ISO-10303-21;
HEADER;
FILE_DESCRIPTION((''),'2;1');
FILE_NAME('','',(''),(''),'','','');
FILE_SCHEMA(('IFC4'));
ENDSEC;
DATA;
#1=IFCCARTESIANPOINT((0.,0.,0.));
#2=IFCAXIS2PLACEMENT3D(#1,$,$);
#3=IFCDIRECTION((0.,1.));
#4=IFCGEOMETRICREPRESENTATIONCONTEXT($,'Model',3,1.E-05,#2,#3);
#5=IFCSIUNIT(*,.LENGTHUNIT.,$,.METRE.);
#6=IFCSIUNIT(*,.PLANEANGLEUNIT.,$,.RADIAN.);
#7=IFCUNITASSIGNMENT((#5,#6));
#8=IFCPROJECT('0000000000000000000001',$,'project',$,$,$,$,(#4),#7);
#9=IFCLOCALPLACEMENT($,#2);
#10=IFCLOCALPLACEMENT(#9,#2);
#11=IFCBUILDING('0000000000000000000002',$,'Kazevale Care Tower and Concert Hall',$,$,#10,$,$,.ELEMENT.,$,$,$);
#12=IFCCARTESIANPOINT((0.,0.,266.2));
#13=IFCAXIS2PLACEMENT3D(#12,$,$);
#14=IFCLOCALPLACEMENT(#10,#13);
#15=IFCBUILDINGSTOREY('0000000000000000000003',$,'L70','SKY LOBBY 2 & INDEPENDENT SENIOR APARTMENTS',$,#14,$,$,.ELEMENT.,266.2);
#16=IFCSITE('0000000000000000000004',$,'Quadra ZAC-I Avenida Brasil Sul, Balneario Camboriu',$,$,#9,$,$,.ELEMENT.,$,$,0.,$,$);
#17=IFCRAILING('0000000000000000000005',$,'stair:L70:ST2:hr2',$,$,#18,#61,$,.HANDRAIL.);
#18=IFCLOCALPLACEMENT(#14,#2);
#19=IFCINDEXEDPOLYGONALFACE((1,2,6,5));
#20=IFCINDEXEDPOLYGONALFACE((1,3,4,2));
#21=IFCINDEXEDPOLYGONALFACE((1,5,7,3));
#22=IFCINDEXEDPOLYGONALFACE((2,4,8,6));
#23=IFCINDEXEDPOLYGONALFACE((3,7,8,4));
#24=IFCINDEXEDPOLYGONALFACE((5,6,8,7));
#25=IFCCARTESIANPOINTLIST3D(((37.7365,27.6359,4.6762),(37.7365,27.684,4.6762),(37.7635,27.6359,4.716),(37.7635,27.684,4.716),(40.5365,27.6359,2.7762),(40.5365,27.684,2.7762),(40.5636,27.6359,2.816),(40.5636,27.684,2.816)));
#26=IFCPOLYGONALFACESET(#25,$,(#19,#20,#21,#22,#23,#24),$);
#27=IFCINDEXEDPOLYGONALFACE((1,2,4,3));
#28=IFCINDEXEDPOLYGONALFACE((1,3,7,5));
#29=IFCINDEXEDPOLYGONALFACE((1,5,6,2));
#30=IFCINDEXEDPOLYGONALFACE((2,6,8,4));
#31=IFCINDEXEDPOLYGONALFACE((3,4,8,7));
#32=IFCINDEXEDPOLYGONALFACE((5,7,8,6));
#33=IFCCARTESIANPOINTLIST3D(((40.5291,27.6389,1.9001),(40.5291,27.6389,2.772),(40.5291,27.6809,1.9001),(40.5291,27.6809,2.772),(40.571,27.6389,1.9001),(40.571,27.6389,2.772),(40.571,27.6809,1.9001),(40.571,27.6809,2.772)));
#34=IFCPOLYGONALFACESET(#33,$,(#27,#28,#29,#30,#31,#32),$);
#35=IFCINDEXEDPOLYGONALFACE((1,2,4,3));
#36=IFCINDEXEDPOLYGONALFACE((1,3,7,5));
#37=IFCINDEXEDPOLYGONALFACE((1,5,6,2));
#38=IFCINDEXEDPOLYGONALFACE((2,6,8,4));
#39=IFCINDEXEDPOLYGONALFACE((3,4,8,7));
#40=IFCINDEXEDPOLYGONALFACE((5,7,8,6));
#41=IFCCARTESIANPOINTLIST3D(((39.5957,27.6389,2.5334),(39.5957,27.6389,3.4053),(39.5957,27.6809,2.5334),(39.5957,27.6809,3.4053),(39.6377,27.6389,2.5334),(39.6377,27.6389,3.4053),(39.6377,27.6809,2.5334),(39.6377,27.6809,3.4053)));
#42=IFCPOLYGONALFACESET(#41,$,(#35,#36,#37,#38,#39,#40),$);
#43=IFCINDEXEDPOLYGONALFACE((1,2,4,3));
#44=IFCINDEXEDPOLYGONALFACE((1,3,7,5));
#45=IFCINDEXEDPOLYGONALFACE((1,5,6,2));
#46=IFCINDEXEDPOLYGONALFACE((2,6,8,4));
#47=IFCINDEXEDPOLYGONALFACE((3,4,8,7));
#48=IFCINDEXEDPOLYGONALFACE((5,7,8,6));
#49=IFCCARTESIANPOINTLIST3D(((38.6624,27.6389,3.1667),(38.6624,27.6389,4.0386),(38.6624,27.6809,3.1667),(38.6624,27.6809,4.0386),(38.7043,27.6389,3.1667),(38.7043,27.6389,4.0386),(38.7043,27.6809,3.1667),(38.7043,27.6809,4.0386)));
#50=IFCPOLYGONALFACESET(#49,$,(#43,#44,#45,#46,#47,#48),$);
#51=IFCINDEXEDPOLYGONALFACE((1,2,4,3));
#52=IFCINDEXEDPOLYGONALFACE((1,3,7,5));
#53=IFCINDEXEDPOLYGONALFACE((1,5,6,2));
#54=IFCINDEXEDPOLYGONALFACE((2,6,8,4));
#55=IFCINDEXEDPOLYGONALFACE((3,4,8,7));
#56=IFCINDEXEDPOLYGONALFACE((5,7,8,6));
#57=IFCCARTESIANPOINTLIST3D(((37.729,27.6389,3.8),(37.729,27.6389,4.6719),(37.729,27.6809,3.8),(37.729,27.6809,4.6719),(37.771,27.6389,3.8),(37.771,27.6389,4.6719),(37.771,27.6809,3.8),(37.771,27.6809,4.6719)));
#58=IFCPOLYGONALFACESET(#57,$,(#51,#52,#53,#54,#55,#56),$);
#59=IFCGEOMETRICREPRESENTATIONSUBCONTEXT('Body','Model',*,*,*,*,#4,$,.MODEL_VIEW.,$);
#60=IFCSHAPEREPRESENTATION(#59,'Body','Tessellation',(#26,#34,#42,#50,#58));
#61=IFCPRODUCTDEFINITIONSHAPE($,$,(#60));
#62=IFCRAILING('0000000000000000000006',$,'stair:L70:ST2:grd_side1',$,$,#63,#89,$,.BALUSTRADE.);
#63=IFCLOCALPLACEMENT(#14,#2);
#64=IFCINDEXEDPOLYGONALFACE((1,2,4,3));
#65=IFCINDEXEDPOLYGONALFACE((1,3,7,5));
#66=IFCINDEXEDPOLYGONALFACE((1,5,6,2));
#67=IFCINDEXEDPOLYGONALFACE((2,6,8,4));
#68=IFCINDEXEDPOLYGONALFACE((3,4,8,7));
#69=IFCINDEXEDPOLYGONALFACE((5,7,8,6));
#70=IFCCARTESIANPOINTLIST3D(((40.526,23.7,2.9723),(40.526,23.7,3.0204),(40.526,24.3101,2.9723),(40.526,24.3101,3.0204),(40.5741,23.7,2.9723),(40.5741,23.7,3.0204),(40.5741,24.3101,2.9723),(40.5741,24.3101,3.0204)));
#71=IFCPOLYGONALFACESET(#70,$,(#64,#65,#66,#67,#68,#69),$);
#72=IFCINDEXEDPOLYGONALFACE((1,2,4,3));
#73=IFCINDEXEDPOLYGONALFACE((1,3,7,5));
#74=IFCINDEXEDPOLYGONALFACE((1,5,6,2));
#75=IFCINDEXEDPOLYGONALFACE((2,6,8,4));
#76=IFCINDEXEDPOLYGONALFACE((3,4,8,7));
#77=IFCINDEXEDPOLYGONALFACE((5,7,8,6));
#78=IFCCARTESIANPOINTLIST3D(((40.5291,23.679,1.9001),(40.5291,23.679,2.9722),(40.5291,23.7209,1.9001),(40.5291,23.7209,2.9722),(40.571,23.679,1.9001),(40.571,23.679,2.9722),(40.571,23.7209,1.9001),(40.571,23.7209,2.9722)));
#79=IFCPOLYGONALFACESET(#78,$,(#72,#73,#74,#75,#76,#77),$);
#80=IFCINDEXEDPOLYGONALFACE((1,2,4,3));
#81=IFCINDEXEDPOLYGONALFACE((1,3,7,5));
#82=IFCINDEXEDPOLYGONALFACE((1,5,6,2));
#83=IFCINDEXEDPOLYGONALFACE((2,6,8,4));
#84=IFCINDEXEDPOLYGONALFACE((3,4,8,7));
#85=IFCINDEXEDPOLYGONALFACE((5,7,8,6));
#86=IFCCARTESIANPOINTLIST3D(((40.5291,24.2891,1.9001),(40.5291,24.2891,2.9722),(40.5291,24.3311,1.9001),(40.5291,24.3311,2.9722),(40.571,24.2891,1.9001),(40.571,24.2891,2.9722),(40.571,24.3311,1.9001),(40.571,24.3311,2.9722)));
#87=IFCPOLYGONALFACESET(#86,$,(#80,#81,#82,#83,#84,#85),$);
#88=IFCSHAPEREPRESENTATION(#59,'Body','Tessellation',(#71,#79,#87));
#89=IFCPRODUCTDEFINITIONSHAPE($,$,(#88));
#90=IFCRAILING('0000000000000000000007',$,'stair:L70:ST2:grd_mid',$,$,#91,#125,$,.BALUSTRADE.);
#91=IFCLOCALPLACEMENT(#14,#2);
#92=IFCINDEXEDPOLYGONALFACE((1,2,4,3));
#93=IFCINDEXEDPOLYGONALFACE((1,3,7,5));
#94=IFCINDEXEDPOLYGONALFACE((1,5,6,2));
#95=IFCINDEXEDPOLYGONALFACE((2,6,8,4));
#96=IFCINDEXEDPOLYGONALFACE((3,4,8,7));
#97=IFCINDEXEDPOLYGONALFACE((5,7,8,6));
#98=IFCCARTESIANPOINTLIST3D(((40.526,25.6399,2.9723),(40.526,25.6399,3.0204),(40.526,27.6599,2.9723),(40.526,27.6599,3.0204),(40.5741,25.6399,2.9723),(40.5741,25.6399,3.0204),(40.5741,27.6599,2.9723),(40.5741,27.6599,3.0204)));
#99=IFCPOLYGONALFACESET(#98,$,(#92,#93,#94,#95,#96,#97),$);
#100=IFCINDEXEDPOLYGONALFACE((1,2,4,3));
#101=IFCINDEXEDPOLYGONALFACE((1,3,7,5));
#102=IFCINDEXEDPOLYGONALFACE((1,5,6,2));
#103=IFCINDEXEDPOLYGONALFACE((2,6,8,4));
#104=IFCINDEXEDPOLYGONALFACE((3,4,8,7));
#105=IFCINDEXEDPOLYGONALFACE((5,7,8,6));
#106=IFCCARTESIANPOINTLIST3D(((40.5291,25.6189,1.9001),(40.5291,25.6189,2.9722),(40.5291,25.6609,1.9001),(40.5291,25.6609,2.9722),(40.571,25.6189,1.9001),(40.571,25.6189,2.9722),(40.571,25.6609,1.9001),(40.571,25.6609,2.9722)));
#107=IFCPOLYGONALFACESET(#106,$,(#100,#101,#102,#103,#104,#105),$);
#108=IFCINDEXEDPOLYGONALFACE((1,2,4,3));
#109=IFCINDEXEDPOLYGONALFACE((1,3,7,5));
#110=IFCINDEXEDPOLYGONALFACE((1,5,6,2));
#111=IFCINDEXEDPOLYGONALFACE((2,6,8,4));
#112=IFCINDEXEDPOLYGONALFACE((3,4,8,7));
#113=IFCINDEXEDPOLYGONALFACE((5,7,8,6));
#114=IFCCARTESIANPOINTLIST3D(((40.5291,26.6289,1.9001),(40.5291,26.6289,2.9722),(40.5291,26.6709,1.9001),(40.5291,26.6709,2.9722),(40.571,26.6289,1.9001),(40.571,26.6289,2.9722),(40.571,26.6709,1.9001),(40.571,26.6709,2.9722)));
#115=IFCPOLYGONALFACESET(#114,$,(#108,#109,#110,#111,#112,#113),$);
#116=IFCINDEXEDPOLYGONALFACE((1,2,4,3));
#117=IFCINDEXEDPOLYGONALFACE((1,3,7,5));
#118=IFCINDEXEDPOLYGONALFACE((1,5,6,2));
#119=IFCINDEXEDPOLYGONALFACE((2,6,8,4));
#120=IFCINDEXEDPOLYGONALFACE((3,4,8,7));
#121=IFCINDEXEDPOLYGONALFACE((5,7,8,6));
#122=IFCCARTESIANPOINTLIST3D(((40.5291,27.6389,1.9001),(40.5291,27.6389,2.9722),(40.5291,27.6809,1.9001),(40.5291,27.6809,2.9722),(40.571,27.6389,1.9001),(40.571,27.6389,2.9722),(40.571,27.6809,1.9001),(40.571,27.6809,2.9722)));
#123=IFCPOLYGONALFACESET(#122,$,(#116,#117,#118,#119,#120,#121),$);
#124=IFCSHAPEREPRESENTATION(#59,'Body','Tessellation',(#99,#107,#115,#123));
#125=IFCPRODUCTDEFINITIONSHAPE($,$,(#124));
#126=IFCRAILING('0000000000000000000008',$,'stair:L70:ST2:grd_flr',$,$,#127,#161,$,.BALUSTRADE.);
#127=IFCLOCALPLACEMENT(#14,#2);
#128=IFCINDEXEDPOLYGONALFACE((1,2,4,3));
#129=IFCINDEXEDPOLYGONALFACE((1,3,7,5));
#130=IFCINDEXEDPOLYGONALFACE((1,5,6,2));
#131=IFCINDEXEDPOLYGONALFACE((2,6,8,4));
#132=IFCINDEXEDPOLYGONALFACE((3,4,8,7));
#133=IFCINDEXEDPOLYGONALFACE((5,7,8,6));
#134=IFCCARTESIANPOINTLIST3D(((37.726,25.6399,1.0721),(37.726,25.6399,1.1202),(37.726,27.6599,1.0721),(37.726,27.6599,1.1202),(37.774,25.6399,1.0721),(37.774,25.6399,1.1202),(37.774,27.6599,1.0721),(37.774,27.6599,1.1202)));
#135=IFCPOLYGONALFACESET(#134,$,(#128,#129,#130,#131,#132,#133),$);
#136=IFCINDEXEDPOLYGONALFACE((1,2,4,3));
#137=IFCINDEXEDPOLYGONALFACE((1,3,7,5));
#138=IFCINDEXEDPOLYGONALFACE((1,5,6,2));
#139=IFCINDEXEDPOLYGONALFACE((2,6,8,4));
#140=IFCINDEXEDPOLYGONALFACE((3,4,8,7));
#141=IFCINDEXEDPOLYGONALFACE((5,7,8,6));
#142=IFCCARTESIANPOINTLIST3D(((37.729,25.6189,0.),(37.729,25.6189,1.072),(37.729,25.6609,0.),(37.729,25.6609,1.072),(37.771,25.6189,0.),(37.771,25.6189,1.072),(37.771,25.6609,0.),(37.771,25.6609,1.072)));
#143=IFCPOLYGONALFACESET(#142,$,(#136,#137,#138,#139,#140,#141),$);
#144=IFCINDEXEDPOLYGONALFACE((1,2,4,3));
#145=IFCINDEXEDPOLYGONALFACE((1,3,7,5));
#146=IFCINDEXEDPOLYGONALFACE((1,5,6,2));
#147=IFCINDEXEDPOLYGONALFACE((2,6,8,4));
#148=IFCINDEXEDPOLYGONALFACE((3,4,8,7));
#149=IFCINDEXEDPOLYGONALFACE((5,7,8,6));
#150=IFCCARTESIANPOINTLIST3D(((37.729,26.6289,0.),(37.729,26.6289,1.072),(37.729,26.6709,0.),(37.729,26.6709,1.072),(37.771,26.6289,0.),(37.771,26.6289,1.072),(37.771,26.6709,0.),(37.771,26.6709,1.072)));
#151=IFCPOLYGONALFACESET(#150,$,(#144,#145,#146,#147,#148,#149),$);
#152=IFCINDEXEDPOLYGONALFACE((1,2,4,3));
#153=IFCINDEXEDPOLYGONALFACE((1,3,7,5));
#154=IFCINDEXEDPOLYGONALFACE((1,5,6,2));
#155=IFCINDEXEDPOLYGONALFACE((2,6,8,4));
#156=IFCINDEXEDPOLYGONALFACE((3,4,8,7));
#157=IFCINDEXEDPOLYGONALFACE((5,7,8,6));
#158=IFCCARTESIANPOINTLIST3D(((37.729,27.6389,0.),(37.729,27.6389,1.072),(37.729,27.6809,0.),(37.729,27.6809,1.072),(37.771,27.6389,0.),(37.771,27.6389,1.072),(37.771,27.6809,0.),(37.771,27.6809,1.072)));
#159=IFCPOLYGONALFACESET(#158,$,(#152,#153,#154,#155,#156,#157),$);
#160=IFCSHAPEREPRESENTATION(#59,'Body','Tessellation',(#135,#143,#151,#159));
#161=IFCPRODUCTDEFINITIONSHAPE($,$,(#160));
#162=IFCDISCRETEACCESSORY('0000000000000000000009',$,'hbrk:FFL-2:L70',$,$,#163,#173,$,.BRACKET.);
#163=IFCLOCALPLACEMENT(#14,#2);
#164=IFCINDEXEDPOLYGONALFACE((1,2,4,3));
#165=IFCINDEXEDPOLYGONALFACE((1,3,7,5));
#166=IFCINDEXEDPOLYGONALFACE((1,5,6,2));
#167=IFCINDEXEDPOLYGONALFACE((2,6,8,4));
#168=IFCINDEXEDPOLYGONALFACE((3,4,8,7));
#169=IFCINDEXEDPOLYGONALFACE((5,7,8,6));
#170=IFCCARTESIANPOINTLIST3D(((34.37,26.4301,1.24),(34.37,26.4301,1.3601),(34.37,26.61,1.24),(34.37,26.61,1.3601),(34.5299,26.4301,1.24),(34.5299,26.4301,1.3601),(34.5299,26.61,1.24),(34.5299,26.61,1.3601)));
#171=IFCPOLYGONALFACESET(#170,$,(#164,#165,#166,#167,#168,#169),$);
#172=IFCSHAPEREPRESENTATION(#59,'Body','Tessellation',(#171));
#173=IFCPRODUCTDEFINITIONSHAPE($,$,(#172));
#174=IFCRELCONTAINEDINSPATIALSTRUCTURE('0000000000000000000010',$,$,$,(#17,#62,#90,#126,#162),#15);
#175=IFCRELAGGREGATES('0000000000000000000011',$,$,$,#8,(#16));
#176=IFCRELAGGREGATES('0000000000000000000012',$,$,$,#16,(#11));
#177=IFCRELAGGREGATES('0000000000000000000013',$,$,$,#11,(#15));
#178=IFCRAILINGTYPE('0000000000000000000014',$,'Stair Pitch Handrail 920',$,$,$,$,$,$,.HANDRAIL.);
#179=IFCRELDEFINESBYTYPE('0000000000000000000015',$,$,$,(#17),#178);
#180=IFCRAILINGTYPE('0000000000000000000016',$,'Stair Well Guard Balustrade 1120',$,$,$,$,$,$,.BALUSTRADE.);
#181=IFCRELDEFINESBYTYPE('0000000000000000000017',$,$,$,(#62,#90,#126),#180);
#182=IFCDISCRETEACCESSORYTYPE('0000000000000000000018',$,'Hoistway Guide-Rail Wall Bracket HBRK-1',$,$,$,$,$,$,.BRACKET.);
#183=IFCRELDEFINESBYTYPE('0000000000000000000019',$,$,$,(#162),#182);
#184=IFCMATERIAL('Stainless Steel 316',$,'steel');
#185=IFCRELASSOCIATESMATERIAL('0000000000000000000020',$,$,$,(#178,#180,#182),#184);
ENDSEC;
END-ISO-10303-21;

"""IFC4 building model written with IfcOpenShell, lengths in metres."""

from ifc_helpers import new_model, si_unit, direction, frame, origin, origin_2d, place, context, subcontext, project, spatial, rectangle, extrude, material, type_object, element, save


model = new_model("IFC4")

# Units and contexts
model_context = context("Model", 3, precision=1e-05, world=origin(), true_north=direction((0.0, 1.0)))
body_context = subcontext(model_context, "Body", "Model", "MODEL_VIEW")
ifc_project = project(units=[si_unit("LENGTHUNIT", "METRE"), si_unit("PLANEANGLEUNIT", "RADIAN")], contexts=[model_context])

# Site, building, storey
site_placement = place(None, origin())
site = spatial("IfcSite", under=ifc_project, at=site_placement, Name="Quadra ZAC-I Avenida Brasil Sul, Balneario Camboriu", CompositionType="ELEMENT", RefElevation=0.0)
building_placement = place(site_placement, origin())
building = spatial("IfcBuilding", under=site, at=building_placement, Name="Kazevale Care Tower and Concert Hall", CompositionType="ELEMENT")
storey_placement = place(building_placement, frame((0.0, 0.0, 266.2)))
storey = spatial("IfcBuildingStorey", under=building, at=storey_placement, Name="L70", Description="SKY LOBBY 2 & INDEPENDENT SENIOR APARTMENTS", CompositionType="ELEMENT", Elevation=266.2)

# Railings
ifc_material_1 = material(Name="Stainless Steel 316", Category="steel")
railing_type_1 = type_object("IfcRailingType", Name="Stair Pitch Handrail 920", PredefinedType="HANDRAIL", material=ifc_material_1)
railing_1_placement = place(storey_placement, frame((40.55, 27.6599, 1.9001)))
element("IfcRailing", 1, at=railing_1_placement, inside=storey, type_object=railing_type_1, Name="stair:L70:ST2:hr2", PredefinedType="HANDRAIL", context=body_context, shape_type="SweptSolid", body=[
    extrude(rectangle(XDim=0.0481, YDim=0.0481, at=origin_2d()), frame((0.0, 0.0, 0.896), z_axis=(-0.827494, 0.0, 0.561475), x_axis=(0.0, -1.0, 0.0)), (0.0, 0.0, 1.0), 3.3838),
    extrude(rectangle(XDim=0.042, YDim=0.042, at=origin_2d()), origin(), (0.0, 0.0, 1.0), 0.8718),
    extrude(rectangle(XDim=0.042, YDim=0.042, at=origin_2d()), frame((-0.9333, 0.0, 0.6333)), (0.0, 0.0, 1.0), 0.8718),
    extrude(rectangle(XDim=0.042, YDim=0.042, at=origin_2d()), frame((-1.8667, 0.0, 1.2666)), (0.0, 0.0, 1.0), 0.8718),
    extrude(rectangle(XDim=0.042, YDim=0.042, at=origin_2d()), frame((-2.8, 0.0, 1.8999)), (0.0, 0.0, 1.0), 0.8718),
])
railing_type_2 = type_object("IfcRailingType", Name="Stair Well Guard Balustrade 1120", PredefinedType="BALUSTRADE", material=ifc_material_1)
railing_2_placement = place(storey_placement, frame((40.55, 23.7, 1.9001)))
element("IfcRailing", 2, at=railing_2_placement, inside=storey, type_object=railing_type_2, Name="stair:L70:ST2:grd_side1", PredefinedType="BALUSTRADE", context=body_context, shape_type="SweptSolid", body=[
    extrude(rectangle(XDim=0.0481, YDim=0.0481, at=origin_2d()), frame((0.0, 0.0, 1.0962), z_axis=(0.0, 1.0, 0.0), x_axis=(-1.0, 0.0, 0.0)), (0.0, 0.0, 1.0), 0.6101),
    extrude(rectangle(XDim=0.042, YDim=0.042, at=origin_2d()), origin(), (0.0, 0.0, 1.0), 1.072),
    extrude(rectangle(XDim=0.042, YDim=0.042, at=origin_2d()), frame((0.0, 0.6101, 0.0)), (0.0, 0.0, 1.0), 1.072),
])
for number, where, name in (
    (3, (40.55, 25.6399, 1.9001), "stair:L70:ST2:grd_mid"),
    (4, (37.75, 25.6399, 0.0), "stair:L70:ST2:grd_flr"),
):
    element("IfcRailing", number, at=place(storey_placement, frame(where)), inside=storey, type_object=railing_type_2, Name=name, PredefinedType="BALUSTRADE", context=body_context, shape_type="SweptSolid", body=[
        extrude(rectangle(XDim=0.0481, YDim=0.0481, at=origin_2d()), frame((0.0, 0.0, 1.0962), z_axis=(0.0, 1.0, 0.0), x_axis=(-1.0, 0.0, 0.0)), (0.0, 0.0, 1.0), 2.02),
        extrude(rectangle(XDim=0.042, YDim=0.042, at=origin_2d()), origin(), (0.0, 0.0, 1.0), 1.072),
        extrude(rectangle(XDim=0.042, YDim=0.042, at=origin_2d()), frame((0.0, 1.01, 0.0)), (0.0, 0.0, 1.0), 1.072),
        extrude(rectangle(XDim=0.042, YDim=0.042, at=origin_2d()), frame((0.0, 2.02, 0.0)), (0.0, 0.0, 1.0), 1.072),
    ])

# Discrete accessory
discrete_accessory_type = type_object("IfcDiscreteAccessoryType", Name="Hoistway Guide-Rail Wall Bracket HBRK-1", PredefinedType="BRACKET", material=ifc_material_1)
discrete_accessory_placement = place(storey_placement, frame((34.45, 26.52, 1.24), z_axis=(0.0, 0.0, 1.0), x_axis=(1.0, 0.0, 0.0)))
element("IfcDiscreteAccessory", 5, at=discrete_accessory_placement, inside=storey, type_object=discrete_accessory_type, Name="hbrk:FFL-2:L70", PredefinedType="BRACKET", context=body_context, shape_type="SweptSolid", body=[
    extrude(rectangle(XDim=0.1599, YDim=0.1799, at=origin_2d()), origin(), (0.0, 0.0, 1.0), 0.1201),
])

save(model, "model.ifc")
